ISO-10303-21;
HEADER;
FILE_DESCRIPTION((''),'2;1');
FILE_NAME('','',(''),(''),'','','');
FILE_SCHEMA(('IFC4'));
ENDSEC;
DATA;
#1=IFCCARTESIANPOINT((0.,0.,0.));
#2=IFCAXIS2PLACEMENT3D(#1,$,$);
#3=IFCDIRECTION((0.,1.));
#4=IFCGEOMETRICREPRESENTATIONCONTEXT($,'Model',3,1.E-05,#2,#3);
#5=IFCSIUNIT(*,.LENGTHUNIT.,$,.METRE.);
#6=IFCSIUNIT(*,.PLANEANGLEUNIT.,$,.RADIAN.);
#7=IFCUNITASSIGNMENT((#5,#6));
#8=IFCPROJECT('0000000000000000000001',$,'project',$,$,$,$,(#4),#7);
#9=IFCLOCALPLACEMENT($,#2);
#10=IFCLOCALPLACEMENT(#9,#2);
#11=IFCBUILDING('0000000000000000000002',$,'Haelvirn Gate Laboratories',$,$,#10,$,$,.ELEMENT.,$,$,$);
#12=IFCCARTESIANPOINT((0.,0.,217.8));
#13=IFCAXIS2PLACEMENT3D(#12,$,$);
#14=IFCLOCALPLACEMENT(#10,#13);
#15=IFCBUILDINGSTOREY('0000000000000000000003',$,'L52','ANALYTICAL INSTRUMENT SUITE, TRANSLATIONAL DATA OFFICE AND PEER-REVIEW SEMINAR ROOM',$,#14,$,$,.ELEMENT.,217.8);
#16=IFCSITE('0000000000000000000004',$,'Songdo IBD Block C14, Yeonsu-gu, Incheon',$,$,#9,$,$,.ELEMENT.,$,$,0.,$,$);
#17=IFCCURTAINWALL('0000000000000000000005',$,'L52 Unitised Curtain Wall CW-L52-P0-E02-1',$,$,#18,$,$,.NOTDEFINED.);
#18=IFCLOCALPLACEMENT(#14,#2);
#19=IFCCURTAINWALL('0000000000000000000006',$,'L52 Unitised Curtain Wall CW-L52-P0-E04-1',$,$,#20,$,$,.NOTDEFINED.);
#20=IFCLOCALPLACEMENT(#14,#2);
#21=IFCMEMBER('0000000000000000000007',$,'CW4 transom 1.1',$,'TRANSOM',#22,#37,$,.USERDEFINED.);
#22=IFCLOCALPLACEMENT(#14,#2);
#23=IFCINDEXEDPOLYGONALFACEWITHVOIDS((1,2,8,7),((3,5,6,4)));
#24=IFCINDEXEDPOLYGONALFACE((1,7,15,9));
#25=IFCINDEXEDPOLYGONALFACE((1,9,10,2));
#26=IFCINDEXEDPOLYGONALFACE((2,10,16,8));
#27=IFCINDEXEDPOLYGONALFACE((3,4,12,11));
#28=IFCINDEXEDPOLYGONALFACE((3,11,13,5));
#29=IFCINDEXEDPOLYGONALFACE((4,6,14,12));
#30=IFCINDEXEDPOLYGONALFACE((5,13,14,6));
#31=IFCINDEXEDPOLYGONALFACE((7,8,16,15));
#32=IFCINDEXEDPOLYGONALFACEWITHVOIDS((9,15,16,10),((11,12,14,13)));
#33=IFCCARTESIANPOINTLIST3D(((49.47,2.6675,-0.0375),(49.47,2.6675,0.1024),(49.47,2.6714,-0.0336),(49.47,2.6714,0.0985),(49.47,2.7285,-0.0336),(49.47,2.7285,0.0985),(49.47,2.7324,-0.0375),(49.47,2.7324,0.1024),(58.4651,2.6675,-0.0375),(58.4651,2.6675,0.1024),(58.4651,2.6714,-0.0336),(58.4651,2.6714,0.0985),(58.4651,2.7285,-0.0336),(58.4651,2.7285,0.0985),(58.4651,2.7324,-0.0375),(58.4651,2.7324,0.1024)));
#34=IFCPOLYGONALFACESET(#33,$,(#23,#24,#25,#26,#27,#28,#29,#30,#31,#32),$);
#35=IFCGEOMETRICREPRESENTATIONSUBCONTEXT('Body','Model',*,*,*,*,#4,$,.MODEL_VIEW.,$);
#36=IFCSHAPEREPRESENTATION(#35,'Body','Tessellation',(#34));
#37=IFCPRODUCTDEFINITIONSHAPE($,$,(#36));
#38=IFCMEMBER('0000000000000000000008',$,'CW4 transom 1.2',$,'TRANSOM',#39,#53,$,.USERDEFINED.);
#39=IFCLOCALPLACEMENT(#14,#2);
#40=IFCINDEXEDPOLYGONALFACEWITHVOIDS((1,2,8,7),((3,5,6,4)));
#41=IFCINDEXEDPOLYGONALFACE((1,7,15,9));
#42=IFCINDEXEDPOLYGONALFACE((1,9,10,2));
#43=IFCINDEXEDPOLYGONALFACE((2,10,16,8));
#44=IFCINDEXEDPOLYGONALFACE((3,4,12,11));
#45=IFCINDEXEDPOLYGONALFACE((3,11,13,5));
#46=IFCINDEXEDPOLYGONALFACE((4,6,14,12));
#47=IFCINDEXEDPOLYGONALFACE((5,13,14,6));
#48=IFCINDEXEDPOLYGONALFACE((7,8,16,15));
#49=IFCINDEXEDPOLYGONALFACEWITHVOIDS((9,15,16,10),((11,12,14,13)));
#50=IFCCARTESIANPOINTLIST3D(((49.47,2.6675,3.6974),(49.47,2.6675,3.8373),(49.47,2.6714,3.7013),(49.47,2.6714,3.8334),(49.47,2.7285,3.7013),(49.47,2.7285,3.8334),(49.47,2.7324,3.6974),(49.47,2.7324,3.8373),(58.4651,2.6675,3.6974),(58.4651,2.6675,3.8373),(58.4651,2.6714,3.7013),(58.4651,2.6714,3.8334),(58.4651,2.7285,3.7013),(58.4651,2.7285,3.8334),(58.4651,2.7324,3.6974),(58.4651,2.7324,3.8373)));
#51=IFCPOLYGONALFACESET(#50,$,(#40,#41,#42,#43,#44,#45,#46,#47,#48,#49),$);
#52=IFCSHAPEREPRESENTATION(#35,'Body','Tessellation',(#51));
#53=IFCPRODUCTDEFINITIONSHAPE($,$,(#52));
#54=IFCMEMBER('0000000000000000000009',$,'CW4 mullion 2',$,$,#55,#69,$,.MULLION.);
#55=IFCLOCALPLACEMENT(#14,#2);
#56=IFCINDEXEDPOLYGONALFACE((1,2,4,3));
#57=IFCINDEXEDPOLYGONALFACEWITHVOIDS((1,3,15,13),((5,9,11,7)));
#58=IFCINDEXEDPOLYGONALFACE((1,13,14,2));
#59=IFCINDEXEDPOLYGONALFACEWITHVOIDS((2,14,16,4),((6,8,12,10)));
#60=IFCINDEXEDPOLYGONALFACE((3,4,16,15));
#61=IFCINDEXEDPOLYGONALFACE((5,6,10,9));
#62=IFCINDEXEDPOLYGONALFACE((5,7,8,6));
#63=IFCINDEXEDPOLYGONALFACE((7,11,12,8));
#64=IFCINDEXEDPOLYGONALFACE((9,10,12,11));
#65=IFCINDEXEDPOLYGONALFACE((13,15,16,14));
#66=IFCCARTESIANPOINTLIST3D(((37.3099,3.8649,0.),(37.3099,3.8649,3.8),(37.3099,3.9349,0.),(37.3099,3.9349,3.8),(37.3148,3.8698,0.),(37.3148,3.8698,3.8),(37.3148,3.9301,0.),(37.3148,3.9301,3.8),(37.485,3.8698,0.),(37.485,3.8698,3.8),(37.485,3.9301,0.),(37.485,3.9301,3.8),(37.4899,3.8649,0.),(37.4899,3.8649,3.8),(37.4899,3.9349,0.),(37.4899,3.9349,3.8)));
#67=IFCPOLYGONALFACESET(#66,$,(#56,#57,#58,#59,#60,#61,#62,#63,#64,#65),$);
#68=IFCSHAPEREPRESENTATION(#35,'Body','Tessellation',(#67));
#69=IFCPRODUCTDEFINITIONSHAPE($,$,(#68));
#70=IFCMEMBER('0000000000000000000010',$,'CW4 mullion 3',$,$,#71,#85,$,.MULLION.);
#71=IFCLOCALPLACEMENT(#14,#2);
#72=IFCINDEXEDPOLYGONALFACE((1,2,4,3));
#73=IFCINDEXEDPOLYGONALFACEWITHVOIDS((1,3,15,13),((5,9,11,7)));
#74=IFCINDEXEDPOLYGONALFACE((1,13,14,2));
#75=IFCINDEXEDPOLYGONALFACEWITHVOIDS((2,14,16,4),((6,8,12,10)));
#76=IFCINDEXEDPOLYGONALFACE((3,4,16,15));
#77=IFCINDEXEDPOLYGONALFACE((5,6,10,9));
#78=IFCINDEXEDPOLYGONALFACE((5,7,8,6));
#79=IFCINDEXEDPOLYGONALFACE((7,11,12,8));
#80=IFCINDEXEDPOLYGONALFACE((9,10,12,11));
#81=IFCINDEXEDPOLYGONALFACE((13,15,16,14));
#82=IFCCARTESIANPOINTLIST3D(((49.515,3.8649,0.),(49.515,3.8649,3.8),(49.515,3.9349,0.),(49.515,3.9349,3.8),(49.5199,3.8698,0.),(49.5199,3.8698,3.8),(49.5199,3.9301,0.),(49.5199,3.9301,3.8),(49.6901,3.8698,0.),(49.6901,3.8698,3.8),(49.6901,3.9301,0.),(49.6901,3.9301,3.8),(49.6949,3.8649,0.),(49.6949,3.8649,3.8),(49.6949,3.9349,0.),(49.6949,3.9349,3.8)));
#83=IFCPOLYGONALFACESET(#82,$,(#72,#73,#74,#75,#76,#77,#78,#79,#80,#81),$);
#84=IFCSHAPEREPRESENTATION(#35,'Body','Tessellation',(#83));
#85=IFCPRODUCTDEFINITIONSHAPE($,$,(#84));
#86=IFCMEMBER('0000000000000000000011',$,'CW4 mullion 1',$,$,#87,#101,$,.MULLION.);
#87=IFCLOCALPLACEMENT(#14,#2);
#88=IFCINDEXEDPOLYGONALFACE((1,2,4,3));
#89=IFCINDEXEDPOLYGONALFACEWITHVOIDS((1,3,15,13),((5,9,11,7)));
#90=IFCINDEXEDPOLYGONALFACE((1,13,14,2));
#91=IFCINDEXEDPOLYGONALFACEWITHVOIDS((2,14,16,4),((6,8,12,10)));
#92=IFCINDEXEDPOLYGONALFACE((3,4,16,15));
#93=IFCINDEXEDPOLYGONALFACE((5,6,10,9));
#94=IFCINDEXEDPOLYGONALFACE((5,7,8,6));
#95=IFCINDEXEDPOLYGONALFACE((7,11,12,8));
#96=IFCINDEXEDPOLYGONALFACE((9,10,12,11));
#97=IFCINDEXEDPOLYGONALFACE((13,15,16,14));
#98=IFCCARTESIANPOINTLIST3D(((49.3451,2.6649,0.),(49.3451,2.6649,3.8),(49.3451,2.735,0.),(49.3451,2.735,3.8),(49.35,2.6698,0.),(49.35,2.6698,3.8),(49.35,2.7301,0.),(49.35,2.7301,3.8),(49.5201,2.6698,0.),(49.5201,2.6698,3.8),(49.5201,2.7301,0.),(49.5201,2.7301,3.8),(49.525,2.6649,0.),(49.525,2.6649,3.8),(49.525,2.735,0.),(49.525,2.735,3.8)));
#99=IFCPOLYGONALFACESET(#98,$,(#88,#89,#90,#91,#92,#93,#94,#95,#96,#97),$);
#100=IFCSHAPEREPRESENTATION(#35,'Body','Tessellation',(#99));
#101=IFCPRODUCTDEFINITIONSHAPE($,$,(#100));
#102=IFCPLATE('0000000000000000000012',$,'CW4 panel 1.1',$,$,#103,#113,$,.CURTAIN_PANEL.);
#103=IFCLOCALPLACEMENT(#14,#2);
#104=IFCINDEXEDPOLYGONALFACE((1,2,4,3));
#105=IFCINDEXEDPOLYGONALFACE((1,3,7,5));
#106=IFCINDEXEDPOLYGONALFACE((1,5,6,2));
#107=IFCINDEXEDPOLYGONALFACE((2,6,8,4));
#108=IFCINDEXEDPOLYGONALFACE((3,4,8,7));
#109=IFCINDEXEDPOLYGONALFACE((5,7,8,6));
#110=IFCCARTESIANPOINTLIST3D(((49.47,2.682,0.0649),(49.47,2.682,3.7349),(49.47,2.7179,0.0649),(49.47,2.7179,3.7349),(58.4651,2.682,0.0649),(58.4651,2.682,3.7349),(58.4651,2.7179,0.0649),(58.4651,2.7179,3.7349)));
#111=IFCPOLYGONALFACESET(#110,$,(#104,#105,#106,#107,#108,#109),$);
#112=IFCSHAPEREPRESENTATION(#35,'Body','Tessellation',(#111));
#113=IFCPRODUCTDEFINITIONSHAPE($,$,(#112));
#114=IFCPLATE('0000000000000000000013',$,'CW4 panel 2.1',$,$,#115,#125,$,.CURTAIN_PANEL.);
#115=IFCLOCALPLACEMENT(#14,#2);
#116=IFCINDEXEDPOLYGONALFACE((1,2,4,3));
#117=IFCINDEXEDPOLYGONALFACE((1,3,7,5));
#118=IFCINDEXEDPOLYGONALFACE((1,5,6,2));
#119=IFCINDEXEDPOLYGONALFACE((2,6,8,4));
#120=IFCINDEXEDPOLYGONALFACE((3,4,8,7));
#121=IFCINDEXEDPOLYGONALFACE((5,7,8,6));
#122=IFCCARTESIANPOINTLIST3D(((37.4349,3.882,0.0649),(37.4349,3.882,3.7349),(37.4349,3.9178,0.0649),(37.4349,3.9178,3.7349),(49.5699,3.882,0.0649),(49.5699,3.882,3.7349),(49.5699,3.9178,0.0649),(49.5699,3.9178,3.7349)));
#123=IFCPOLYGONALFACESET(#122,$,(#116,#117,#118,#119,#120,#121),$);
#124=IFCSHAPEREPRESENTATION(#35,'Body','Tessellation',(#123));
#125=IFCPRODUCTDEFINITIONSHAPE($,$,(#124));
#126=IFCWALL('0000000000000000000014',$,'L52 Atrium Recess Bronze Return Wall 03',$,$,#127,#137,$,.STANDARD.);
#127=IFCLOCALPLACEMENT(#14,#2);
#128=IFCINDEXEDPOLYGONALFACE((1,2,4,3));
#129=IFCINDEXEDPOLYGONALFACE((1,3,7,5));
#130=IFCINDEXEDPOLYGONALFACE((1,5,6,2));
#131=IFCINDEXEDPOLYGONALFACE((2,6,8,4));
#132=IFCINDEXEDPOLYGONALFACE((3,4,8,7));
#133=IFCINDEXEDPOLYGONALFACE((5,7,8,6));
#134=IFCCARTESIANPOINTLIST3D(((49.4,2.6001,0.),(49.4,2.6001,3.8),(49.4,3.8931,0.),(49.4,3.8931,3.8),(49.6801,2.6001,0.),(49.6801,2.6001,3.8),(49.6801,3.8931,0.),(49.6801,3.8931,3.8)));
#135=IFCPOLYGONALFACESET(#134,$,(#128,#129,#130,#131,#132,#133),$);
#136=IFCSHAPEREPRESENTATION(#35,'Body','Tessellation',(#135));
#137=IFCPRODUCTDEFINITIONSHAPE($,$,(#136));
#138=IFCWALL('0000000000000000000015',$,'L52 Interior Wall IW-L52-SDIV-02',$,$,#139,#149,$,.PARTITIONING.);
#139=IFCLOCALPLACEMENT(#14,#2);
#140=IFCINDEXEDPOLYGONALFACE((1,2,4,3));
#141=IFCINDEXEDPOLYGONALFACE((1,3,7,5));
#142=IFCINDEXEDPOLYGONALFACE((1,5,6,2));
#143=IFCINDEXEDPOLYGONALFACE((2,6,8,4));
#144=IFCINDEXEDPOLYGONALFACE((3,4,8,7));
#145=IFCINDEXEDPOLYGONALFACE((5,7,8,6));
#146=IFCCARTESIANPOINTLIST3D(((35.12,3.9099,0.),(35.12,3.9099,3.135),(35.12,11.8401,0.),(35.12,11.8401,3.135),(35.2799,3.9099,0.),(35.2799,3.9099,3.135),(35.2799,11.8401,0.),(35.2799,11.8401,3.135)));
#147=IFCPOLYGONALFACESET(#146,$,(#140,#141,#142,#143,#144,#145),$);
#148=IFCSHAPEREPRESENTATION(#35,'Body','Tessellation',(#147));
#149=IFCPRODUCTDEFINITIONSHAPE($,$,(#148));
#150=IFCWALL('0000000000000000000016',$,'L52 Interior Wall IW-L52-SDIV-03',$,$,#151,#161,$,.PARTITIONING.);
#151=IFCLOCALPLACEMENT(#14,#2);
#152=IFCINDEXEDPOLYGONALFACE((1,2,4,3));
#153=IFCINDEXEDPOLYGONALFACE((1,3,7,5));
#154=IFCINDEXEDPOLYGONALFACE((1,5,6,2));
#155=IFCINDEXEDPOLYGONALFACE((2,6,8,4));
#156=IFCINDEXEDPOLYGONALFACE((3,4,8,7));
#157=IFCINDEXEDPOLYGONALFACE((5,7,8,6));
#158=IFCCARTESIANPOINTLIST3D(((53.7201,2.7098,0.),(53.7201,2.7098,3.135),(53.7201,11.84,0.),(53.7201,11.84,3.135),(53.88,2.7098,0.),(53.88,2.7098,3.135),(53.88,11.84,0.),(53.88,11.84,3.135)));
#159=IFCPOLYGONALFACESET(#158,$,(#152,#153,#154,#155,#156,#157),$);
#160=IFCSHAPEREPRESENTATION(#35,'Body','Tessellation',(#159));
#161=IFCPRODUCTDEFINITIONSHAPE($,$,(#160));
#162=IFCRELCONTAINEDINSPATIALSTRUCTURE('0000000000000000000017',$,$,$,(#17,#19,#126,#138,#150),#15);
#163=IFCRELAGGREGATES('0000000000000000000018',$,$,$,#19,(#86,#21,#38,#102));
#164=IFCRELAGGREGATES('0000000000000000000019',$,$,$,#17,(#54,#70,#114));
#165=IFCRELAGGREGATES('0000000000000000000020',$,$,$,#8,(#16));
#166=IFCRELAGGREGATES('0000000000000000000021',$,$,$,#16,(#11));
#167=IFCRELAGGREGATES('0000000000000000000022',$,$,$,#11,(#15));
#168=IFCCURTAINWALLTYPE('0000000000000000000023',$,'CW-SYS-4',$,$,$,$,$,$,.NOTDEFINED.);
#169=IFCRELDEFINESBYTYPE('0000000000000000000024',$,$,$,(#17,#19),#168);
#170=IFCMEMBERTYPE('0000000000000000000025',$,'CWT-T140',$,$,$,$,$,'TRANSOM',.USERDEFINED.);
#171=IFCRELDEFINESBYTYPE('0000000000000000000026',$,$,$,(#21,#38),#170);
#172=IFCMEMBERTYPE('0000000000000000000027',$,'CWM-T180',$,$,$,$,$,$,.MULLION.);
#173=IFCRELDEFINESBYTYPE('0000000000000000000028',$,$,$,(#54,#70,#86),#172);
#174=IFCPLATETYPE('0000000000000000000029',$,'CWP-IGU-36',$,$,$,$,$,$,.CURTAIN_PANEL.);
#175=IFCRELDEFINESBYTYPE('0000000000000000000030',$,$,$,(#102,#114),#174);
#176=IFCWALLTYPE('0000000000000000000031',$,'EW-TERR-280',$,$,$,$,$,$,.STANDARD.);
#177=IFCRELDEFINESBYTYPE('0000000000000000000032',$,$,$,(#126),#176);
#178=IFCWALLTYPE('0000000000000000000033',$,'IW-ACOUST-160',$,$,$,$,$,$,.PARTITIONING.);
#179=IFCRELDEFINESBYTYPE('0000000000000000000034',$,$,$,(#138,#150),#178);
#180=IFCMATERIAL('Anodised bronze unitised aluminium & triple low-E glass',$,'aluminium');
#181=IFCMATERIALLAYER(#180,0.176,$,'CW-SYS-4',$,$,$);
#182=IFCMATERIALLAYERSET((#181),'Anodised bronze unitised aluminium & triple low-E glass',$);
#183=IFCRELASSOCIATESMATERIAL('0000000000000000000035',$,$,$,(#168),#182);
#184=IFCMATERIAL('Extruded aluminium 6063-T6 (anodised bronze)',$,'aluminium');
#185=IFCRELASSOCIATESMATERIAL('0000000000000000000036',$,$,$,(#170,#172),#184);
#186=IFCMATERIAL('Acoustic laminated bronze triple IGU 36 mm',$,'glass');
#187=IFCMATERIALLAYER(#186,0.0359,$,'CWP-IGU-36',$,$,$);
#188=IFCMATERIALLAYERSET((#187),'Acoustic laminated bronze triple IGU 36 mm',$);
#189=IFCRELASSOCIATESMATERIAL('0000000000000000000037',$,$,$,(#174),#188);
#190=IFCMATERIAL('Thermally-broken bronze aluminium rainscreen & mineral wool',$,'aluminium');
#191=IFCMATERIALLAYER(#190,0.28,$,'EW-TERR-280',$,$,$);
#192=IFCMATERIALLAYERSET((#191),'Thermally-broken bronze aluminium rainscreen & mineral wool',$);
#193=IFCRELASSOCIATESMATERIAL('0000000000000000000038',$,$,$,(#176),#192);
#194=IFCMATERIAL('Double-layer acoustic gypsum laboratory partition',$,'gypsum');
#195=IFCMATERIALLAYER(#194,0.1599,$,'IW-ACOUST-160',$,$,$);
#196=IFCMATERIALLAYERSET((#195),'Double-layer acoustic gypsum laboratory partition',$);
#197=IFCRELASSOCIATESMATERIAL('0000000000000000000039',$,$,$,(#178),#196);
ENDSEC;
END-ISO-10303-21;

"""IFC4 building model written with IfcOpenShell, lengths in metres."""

from ifc_helpers import new_model, si_unit, direction, frame, frame_2d, origin, origin_2d, place, context, subcontext, project, spatial, rectangle, hollow_rectangle, extrude, source, transform, mapped, material, layer, layer_set, material_profile, profile_set, type_object, type_shapes, element, aggregate, save


model = new_model("IFC4")

# Units and contexts
model_context = context("Model", 3, precision=1e-05, world=origin(), true_north=direction((0.0, 1.0)))
body_context = subcontext(model_context, "Body", "Model", "MODEL_VIEW")
ifc_project = project(units=[si_unit("LENGTHUNIT", "METRE"), si_unit("PLANEANGLEUNIT", "RADIAN")], contexts=[model_context])

# Site, building, storey
site_placement = place(None, origin())
site = spatial("IfcSite", under=ifc_project, at=site_placement, Name="Songdo IBD Block C14, Yeonsu-gu, Incheon", CompositionType="ELEMENT", RefElevation=0.0)
building_placement = place(site_placement, origin())
building = spatial("IfcBuilding", under=site, at=building_placement, Name="Haelvirn Gate Laboratories", CompositionType="ELEMENT")
storey_placement = place(building_placement, frame((0.0, 0.0, 217.8)))
storey = spatial("IfcBuildingStorey", under=building, at=storey_placement, Name="L52", Description="ANALYTICAL INSTRUMENT SUITE, TRANSLATIONAL DATA OFFICE AND PEER-REVIEW SEMINAR ROOM", CompositionType="ELEMENT", Elevation=217.8)

# Curtain walls, members
ifc_material_1 = material(Name="Anodised bronze unitised aluminium & triple low-E glass", Category="aluminium")
ifc_layer_1 = layer(ifc_material_1, 0.176, Name="CW-SYS-4")
ifc_layer_set_1 = layer_set([ifc_layer_1], Name="Anodised bronze unitised aluminium & triple low-E glass")
curtain_wall_type = type_object("IfcCurtainWallType", Name="CW-SYS-4", PredefinedType="NOTDEFINED", material=ifc_layer_set_1)
curtain_wall_1_placement = place(storey_placement, origin())
curtain_wall_1 = element("IfcCurtainWall", 1, at=curtain_wall_1_placement, inside=storey, type_object=curtain_wall_type, Name="L52 Unitised Curtain Wall CW-L52-P0-E02-1", PredefinedType="NOTDEFINED")
ifc_material_2 = material(Name="Extruded aluminium 6063-T6 (anodised bronze)", Category="aluminium")
ifc_material_profile_1 = material_profile(ifc_material_2, hollow_rectangle(XDim=0.0649, YDim=0.1399, WallThickness=0.0039, at=origin_2d()), Name="CWT-140x65x4")
ifc_profile_set_1 = profile_set([ifc_material_profile_1], Name="Extruded aluminium 6063-T6 (anodised bronze)")
member_type_1 = type_object("IfcMemberType", Name="CWT-T140", ElementType="TRANSOM", PredefinedType="USERDEFINED", material=ifc_profile_set_1)
curtain_wall_2_placement = place(storey_placement, origin())
curtain_wall_2 = element("IfcCurtainWall", 2, at=curtain_wall_2_placement, inside=storey, type_object=curtain_wall_type, Name="L52 Unitised Curtain Wall CW-L52-P0-E04-1", PredefinedType="NOTDEFINED")
shared_shape_1 = source(origin(), body_context, "Body", "SweptSolid", [
    extrude(hollow_rectangle(XDim=0.0649, YDim=0.1399, WallThickness=0.0039, at=origin_2d()), origin(), (0.0, 0.0, 1.0), 8.9951),
])
member_1_placement = place(storey_placement, frame((49.47, 2.7, 0.0325), z_axis=(1.0, 0.0, 0.0), x_axis=(0.0, 1.0, 0.0)))
member_1 = element("IfcMember", 3, at=member_1_placement, type_object=member_type_1, Name="CW4 transom 1.1", ObjectType="TRANSOM", PredefinedType="USERDEFINED", context=body_context, shape_type="MappedRepresentation", body=[
    mapped(shared_shape_1, transform((0.0, 0.0, 0.0), scale=1.0)),
])
member_2_placement = place(storey_placement, frame((49.47, 2.7, 3.7673), z_axis=(1.0, 0.0, 0.0), x_axis=(0.0, 1.0, 0.0)))
member_2 = element("IfcMember", 4, at=member_2_placement, type_object=member_type_1, Name="CW4 transom 1.2", ObjectType="TRANSOM", PredefinedType="USERDEFINED", context=body_context, shape_type="MappedRepresentation", body=[
    mapped(shared_shape_1, transform((0.0, 0.0, 0.0), scale=1.0)),
])

# Members
ifc_material_profile_2 = material_profile(ifc_material_2, hollow_rectangle(XDim=0.0701, YDim=0.1799, WallThickness=0.0049, at=origin_2d()), Name="CWM-180x70x5")
ifc_profile_set_2 = profile_set([ifc_material_profile_2], Name="Extruded aluminium 6063-T6 (anodised bronze)")
member_type_2 = type_object("IfcMemberType", Name="CWM-T180", PredefinedType="MULLION", material=ifc_profile_set_2)
shared_shape_2 = source(origin(), body_context, "Body", "SweptSolid", [
    extrude(hollow_rectangle(XDim=0.0701, YDim=0.1799, WallThickness=0.0049, at=origin_2d()), origin(), (0.0, 0.0, 1.0), 3.8),
])
type_shapes(member_type_2, [shared_shape_2])
member_3_placement = place(storey_placement, frame((37.3999, 3.8999, 0.0), z_axis=(0.0, 0.0, 1.0), x_axis=(0.0, 1.0, 0.0)))
member_3 = element("IfcMember", 5, at=member_3_placement, type_object=member_type_2, Name="CW4 mullion 2", PredefinedType="MULLION", context=body_context, shape_type="MappedRepresentation", body=[
    mapped(shared_shape_2, transform((0.0, 0.0, 0.0), scale=1.0)),
])
member_4_placement = place(storey_placement, frame((49.605, 3.8999, 0.0), z_axis=(0.0, 0.0, 1.0), x_axis=(0.0, 1.0, 0.0)))
member_4 = element("IfcMember", 6, at=member_4_placement, type_object=member_type_2, Name="CW4 mullion 3", PredefinedType="MULLION", context=body_context, shape_type="MappedRepresentation", body=[
    mapped(shared_shape_2, transform((0.0, 0.0, 0.0), scale=1.0)),
])
member_5_placement = place(storey_placement, frame((49.4351, 2.7, 0.0), z_axis=(0.0, 0.0, 1.0), x_axis=(0.0, 1.0, 0.0)))
member_5 = element("IfcMember", 7, at=member_5_placement, type_object=member_type_2, Name="CW4 mullion 1", PredefinedType="MULLION", context=body_context, shape_type="MappedRepresentation", body=[
    mapped(shared_shape_2, transform((0.0, 0.0, 0.0), scale=1.0)),
])

# Plates
ifc_material_3 = material(Name="Acoustic laminated bronze triple IGU 36 mm", Category="glass")
ifc_layer_2 = layer(ifc_material_3, 0.0359, Name="CWP-IGU-36")
ifc_layer_set_2 = layer_set([ifc_layer_2], Name="Acoustic laminated bronze triple IGU 36 mm")
plate_type = type_object("IfcPlateType", Name="CWP-IGU-36", PredefinedType="CURTAIN_PANEL", material=ifc_layer_set_2)
shared_shape_3 = source(origin(), body_context, "Body", "SweptSolid", [
    extrude(rectangle(XDim=8.9951, YDim=0.0359, at=origin_2d()), origin(), (0.0, 0.0, 1.0), 3.6699),
])
plate_1_placement = place(storey_placement, frame((53.9675, 2.7, 0.0649), z_axis=(0.0, 0.0, 1.0), x_axis=(1.0, 0.0, 0.0)))
plate_1 = element("IfcPlate", 8, at=plate_1_placement, type_object=plate_type, Name="CW4 panel 1.1", PredefinedType="CURTAIN_PANEL", context=body_context, shape_type="MappedRepresentation", body=[
    mapped(shared_shape_3, transform((0.0, 0.0, 0.0), scale=1.0)),
])
aggregate(curtain_wall_2, [member_5, member_1, member_2, plate_1])
shared_shape_4 = source(origin(), body_context, "Body", "SweptSolid", [
    extrude(rectangle(XDim=12.135, YDim=0.0359, at=origin_2d()), origin(), (0.0, 0.0, 1.0), 3.6699),
])
type_shapes(plate_type, [shared_shape_3, shared_shape_4])
plate_2_placement = place(storey_placement, frame((43.5024, 3.8999, 0.0649), z_axis=(0.0, 0.0, 1.0), x_axis=(1.0, 0.0, 0.0)))
plate_2 = element("IfcPlate", 9, at=plate_2_placement, type_object=plate_type, Name="CW4 panel 2.1", PredefinedType="CURTAIN_PANEL", context=body_context, shape_type="MappedRepresentation", body=[
    mapped(shared_shape_4, transform((0.0, 0.0, 0.0), scale=1.0)),
])
aggregate(curtain_wall_1, [member_3, member_4, plate_2])

# Walls
ifc_material_4 = material(Name="Thermally-broken bronze aluminium rainscreen & mineral wool", Category="aluminium")
ifc_layer_3 = layer(ifc_material_4, 0.28, Name="EW-TERR-280")
ifc_layer_set_3 = layer_set([ifc_layer_3], Name="Thermally-broken bronze aluminium rainscreen & mineral wool")
wall_type_1 = type_object("IfcWallType", Name="EW-TERR-280", PredefinedType="STANDARD", material=ifc_layer_set_3)
wall_1_placement = place(storey_placement, frame((49.54, 3.8931, 0.0), z_axis=(0.0, 0.0, 1.0), x_axis=(0.0, -1.0, 0.0)))
element("IfcWall", 10, at=wall_1_placement, inside=storey, type_object=wall_type_1, Name="L52 Atrium Recess Bronze Return Wall 03", PredefinedType="STANDARD", context=body_context, shape_type="SweptSolid", body=[
    extrude(rectangle(XDim=1.293, YDim=0.28, at=frame_2d((0.6465, 0.0))), origin(), (0.0, 0.0, 1.0), 3.8),
])
ifc_material_5 = material(Name="Double-layer acoustic gypsum laboratory partition", Category="gypsum")
ifc_layer_4 = layer(ifc_material_5, 0.1599, Name="IW-ACOUST-160")
ifc_layer_set_4 = layer_set([ifc_layer_4], Name="Double-layer acoustic gypsum laboratory partition")
wall_type_2 = type_object("IfcWallType", Name="IW-ACOUST-160", PredefinedType="PARTITIONING", material=ifc_layer_set_4)
wall_2_placement = place(storey_placement, frame((35.2, 3.9099, 0.0), z_axis=(0.0, 0.0, 1.0), x_axis=(0.0, 1.0, 0.0)))
element("IfcWall", 11, at=wall_2_placement, inside=storey, type_object=wall_type_2, Name="L52 Interior Wall IW-L52-SDIV-02", PredefinedType="PARTITIONING", context=body_context, shape_type="SweptSolid", body=[
    extrude(rectangle(XDim=7.9302, YDim=0.1599, at=frame_2d((3.9651, 0.0))), origin(), (0.0, 0.0, 1.0), 3.135),
])
wall_3_placement = place(storey_placement, frame((53.8, 2.71, 0.0), z_axis=(0.0, 0.0, 1.0), x_axis=(0.0, 1.0, 0.0)))
element("IfcWall", 12, at=wall_3_placement, inside=storey, type_object=wall_type_2, Name="L52 Interior Wall IW-L52-SDIV-03", PredefinedType="PARTITIONING", context=body_context, shape_type="SweptSolid", body=[
    extrude(rectangle(XDim=9.1301, YDim=0.1599, at=frame_2d((4.5649, 0.0))), origin(), (0.0, 0.0, 1.0), 3.135),
])

save(model, "model.ifc")
